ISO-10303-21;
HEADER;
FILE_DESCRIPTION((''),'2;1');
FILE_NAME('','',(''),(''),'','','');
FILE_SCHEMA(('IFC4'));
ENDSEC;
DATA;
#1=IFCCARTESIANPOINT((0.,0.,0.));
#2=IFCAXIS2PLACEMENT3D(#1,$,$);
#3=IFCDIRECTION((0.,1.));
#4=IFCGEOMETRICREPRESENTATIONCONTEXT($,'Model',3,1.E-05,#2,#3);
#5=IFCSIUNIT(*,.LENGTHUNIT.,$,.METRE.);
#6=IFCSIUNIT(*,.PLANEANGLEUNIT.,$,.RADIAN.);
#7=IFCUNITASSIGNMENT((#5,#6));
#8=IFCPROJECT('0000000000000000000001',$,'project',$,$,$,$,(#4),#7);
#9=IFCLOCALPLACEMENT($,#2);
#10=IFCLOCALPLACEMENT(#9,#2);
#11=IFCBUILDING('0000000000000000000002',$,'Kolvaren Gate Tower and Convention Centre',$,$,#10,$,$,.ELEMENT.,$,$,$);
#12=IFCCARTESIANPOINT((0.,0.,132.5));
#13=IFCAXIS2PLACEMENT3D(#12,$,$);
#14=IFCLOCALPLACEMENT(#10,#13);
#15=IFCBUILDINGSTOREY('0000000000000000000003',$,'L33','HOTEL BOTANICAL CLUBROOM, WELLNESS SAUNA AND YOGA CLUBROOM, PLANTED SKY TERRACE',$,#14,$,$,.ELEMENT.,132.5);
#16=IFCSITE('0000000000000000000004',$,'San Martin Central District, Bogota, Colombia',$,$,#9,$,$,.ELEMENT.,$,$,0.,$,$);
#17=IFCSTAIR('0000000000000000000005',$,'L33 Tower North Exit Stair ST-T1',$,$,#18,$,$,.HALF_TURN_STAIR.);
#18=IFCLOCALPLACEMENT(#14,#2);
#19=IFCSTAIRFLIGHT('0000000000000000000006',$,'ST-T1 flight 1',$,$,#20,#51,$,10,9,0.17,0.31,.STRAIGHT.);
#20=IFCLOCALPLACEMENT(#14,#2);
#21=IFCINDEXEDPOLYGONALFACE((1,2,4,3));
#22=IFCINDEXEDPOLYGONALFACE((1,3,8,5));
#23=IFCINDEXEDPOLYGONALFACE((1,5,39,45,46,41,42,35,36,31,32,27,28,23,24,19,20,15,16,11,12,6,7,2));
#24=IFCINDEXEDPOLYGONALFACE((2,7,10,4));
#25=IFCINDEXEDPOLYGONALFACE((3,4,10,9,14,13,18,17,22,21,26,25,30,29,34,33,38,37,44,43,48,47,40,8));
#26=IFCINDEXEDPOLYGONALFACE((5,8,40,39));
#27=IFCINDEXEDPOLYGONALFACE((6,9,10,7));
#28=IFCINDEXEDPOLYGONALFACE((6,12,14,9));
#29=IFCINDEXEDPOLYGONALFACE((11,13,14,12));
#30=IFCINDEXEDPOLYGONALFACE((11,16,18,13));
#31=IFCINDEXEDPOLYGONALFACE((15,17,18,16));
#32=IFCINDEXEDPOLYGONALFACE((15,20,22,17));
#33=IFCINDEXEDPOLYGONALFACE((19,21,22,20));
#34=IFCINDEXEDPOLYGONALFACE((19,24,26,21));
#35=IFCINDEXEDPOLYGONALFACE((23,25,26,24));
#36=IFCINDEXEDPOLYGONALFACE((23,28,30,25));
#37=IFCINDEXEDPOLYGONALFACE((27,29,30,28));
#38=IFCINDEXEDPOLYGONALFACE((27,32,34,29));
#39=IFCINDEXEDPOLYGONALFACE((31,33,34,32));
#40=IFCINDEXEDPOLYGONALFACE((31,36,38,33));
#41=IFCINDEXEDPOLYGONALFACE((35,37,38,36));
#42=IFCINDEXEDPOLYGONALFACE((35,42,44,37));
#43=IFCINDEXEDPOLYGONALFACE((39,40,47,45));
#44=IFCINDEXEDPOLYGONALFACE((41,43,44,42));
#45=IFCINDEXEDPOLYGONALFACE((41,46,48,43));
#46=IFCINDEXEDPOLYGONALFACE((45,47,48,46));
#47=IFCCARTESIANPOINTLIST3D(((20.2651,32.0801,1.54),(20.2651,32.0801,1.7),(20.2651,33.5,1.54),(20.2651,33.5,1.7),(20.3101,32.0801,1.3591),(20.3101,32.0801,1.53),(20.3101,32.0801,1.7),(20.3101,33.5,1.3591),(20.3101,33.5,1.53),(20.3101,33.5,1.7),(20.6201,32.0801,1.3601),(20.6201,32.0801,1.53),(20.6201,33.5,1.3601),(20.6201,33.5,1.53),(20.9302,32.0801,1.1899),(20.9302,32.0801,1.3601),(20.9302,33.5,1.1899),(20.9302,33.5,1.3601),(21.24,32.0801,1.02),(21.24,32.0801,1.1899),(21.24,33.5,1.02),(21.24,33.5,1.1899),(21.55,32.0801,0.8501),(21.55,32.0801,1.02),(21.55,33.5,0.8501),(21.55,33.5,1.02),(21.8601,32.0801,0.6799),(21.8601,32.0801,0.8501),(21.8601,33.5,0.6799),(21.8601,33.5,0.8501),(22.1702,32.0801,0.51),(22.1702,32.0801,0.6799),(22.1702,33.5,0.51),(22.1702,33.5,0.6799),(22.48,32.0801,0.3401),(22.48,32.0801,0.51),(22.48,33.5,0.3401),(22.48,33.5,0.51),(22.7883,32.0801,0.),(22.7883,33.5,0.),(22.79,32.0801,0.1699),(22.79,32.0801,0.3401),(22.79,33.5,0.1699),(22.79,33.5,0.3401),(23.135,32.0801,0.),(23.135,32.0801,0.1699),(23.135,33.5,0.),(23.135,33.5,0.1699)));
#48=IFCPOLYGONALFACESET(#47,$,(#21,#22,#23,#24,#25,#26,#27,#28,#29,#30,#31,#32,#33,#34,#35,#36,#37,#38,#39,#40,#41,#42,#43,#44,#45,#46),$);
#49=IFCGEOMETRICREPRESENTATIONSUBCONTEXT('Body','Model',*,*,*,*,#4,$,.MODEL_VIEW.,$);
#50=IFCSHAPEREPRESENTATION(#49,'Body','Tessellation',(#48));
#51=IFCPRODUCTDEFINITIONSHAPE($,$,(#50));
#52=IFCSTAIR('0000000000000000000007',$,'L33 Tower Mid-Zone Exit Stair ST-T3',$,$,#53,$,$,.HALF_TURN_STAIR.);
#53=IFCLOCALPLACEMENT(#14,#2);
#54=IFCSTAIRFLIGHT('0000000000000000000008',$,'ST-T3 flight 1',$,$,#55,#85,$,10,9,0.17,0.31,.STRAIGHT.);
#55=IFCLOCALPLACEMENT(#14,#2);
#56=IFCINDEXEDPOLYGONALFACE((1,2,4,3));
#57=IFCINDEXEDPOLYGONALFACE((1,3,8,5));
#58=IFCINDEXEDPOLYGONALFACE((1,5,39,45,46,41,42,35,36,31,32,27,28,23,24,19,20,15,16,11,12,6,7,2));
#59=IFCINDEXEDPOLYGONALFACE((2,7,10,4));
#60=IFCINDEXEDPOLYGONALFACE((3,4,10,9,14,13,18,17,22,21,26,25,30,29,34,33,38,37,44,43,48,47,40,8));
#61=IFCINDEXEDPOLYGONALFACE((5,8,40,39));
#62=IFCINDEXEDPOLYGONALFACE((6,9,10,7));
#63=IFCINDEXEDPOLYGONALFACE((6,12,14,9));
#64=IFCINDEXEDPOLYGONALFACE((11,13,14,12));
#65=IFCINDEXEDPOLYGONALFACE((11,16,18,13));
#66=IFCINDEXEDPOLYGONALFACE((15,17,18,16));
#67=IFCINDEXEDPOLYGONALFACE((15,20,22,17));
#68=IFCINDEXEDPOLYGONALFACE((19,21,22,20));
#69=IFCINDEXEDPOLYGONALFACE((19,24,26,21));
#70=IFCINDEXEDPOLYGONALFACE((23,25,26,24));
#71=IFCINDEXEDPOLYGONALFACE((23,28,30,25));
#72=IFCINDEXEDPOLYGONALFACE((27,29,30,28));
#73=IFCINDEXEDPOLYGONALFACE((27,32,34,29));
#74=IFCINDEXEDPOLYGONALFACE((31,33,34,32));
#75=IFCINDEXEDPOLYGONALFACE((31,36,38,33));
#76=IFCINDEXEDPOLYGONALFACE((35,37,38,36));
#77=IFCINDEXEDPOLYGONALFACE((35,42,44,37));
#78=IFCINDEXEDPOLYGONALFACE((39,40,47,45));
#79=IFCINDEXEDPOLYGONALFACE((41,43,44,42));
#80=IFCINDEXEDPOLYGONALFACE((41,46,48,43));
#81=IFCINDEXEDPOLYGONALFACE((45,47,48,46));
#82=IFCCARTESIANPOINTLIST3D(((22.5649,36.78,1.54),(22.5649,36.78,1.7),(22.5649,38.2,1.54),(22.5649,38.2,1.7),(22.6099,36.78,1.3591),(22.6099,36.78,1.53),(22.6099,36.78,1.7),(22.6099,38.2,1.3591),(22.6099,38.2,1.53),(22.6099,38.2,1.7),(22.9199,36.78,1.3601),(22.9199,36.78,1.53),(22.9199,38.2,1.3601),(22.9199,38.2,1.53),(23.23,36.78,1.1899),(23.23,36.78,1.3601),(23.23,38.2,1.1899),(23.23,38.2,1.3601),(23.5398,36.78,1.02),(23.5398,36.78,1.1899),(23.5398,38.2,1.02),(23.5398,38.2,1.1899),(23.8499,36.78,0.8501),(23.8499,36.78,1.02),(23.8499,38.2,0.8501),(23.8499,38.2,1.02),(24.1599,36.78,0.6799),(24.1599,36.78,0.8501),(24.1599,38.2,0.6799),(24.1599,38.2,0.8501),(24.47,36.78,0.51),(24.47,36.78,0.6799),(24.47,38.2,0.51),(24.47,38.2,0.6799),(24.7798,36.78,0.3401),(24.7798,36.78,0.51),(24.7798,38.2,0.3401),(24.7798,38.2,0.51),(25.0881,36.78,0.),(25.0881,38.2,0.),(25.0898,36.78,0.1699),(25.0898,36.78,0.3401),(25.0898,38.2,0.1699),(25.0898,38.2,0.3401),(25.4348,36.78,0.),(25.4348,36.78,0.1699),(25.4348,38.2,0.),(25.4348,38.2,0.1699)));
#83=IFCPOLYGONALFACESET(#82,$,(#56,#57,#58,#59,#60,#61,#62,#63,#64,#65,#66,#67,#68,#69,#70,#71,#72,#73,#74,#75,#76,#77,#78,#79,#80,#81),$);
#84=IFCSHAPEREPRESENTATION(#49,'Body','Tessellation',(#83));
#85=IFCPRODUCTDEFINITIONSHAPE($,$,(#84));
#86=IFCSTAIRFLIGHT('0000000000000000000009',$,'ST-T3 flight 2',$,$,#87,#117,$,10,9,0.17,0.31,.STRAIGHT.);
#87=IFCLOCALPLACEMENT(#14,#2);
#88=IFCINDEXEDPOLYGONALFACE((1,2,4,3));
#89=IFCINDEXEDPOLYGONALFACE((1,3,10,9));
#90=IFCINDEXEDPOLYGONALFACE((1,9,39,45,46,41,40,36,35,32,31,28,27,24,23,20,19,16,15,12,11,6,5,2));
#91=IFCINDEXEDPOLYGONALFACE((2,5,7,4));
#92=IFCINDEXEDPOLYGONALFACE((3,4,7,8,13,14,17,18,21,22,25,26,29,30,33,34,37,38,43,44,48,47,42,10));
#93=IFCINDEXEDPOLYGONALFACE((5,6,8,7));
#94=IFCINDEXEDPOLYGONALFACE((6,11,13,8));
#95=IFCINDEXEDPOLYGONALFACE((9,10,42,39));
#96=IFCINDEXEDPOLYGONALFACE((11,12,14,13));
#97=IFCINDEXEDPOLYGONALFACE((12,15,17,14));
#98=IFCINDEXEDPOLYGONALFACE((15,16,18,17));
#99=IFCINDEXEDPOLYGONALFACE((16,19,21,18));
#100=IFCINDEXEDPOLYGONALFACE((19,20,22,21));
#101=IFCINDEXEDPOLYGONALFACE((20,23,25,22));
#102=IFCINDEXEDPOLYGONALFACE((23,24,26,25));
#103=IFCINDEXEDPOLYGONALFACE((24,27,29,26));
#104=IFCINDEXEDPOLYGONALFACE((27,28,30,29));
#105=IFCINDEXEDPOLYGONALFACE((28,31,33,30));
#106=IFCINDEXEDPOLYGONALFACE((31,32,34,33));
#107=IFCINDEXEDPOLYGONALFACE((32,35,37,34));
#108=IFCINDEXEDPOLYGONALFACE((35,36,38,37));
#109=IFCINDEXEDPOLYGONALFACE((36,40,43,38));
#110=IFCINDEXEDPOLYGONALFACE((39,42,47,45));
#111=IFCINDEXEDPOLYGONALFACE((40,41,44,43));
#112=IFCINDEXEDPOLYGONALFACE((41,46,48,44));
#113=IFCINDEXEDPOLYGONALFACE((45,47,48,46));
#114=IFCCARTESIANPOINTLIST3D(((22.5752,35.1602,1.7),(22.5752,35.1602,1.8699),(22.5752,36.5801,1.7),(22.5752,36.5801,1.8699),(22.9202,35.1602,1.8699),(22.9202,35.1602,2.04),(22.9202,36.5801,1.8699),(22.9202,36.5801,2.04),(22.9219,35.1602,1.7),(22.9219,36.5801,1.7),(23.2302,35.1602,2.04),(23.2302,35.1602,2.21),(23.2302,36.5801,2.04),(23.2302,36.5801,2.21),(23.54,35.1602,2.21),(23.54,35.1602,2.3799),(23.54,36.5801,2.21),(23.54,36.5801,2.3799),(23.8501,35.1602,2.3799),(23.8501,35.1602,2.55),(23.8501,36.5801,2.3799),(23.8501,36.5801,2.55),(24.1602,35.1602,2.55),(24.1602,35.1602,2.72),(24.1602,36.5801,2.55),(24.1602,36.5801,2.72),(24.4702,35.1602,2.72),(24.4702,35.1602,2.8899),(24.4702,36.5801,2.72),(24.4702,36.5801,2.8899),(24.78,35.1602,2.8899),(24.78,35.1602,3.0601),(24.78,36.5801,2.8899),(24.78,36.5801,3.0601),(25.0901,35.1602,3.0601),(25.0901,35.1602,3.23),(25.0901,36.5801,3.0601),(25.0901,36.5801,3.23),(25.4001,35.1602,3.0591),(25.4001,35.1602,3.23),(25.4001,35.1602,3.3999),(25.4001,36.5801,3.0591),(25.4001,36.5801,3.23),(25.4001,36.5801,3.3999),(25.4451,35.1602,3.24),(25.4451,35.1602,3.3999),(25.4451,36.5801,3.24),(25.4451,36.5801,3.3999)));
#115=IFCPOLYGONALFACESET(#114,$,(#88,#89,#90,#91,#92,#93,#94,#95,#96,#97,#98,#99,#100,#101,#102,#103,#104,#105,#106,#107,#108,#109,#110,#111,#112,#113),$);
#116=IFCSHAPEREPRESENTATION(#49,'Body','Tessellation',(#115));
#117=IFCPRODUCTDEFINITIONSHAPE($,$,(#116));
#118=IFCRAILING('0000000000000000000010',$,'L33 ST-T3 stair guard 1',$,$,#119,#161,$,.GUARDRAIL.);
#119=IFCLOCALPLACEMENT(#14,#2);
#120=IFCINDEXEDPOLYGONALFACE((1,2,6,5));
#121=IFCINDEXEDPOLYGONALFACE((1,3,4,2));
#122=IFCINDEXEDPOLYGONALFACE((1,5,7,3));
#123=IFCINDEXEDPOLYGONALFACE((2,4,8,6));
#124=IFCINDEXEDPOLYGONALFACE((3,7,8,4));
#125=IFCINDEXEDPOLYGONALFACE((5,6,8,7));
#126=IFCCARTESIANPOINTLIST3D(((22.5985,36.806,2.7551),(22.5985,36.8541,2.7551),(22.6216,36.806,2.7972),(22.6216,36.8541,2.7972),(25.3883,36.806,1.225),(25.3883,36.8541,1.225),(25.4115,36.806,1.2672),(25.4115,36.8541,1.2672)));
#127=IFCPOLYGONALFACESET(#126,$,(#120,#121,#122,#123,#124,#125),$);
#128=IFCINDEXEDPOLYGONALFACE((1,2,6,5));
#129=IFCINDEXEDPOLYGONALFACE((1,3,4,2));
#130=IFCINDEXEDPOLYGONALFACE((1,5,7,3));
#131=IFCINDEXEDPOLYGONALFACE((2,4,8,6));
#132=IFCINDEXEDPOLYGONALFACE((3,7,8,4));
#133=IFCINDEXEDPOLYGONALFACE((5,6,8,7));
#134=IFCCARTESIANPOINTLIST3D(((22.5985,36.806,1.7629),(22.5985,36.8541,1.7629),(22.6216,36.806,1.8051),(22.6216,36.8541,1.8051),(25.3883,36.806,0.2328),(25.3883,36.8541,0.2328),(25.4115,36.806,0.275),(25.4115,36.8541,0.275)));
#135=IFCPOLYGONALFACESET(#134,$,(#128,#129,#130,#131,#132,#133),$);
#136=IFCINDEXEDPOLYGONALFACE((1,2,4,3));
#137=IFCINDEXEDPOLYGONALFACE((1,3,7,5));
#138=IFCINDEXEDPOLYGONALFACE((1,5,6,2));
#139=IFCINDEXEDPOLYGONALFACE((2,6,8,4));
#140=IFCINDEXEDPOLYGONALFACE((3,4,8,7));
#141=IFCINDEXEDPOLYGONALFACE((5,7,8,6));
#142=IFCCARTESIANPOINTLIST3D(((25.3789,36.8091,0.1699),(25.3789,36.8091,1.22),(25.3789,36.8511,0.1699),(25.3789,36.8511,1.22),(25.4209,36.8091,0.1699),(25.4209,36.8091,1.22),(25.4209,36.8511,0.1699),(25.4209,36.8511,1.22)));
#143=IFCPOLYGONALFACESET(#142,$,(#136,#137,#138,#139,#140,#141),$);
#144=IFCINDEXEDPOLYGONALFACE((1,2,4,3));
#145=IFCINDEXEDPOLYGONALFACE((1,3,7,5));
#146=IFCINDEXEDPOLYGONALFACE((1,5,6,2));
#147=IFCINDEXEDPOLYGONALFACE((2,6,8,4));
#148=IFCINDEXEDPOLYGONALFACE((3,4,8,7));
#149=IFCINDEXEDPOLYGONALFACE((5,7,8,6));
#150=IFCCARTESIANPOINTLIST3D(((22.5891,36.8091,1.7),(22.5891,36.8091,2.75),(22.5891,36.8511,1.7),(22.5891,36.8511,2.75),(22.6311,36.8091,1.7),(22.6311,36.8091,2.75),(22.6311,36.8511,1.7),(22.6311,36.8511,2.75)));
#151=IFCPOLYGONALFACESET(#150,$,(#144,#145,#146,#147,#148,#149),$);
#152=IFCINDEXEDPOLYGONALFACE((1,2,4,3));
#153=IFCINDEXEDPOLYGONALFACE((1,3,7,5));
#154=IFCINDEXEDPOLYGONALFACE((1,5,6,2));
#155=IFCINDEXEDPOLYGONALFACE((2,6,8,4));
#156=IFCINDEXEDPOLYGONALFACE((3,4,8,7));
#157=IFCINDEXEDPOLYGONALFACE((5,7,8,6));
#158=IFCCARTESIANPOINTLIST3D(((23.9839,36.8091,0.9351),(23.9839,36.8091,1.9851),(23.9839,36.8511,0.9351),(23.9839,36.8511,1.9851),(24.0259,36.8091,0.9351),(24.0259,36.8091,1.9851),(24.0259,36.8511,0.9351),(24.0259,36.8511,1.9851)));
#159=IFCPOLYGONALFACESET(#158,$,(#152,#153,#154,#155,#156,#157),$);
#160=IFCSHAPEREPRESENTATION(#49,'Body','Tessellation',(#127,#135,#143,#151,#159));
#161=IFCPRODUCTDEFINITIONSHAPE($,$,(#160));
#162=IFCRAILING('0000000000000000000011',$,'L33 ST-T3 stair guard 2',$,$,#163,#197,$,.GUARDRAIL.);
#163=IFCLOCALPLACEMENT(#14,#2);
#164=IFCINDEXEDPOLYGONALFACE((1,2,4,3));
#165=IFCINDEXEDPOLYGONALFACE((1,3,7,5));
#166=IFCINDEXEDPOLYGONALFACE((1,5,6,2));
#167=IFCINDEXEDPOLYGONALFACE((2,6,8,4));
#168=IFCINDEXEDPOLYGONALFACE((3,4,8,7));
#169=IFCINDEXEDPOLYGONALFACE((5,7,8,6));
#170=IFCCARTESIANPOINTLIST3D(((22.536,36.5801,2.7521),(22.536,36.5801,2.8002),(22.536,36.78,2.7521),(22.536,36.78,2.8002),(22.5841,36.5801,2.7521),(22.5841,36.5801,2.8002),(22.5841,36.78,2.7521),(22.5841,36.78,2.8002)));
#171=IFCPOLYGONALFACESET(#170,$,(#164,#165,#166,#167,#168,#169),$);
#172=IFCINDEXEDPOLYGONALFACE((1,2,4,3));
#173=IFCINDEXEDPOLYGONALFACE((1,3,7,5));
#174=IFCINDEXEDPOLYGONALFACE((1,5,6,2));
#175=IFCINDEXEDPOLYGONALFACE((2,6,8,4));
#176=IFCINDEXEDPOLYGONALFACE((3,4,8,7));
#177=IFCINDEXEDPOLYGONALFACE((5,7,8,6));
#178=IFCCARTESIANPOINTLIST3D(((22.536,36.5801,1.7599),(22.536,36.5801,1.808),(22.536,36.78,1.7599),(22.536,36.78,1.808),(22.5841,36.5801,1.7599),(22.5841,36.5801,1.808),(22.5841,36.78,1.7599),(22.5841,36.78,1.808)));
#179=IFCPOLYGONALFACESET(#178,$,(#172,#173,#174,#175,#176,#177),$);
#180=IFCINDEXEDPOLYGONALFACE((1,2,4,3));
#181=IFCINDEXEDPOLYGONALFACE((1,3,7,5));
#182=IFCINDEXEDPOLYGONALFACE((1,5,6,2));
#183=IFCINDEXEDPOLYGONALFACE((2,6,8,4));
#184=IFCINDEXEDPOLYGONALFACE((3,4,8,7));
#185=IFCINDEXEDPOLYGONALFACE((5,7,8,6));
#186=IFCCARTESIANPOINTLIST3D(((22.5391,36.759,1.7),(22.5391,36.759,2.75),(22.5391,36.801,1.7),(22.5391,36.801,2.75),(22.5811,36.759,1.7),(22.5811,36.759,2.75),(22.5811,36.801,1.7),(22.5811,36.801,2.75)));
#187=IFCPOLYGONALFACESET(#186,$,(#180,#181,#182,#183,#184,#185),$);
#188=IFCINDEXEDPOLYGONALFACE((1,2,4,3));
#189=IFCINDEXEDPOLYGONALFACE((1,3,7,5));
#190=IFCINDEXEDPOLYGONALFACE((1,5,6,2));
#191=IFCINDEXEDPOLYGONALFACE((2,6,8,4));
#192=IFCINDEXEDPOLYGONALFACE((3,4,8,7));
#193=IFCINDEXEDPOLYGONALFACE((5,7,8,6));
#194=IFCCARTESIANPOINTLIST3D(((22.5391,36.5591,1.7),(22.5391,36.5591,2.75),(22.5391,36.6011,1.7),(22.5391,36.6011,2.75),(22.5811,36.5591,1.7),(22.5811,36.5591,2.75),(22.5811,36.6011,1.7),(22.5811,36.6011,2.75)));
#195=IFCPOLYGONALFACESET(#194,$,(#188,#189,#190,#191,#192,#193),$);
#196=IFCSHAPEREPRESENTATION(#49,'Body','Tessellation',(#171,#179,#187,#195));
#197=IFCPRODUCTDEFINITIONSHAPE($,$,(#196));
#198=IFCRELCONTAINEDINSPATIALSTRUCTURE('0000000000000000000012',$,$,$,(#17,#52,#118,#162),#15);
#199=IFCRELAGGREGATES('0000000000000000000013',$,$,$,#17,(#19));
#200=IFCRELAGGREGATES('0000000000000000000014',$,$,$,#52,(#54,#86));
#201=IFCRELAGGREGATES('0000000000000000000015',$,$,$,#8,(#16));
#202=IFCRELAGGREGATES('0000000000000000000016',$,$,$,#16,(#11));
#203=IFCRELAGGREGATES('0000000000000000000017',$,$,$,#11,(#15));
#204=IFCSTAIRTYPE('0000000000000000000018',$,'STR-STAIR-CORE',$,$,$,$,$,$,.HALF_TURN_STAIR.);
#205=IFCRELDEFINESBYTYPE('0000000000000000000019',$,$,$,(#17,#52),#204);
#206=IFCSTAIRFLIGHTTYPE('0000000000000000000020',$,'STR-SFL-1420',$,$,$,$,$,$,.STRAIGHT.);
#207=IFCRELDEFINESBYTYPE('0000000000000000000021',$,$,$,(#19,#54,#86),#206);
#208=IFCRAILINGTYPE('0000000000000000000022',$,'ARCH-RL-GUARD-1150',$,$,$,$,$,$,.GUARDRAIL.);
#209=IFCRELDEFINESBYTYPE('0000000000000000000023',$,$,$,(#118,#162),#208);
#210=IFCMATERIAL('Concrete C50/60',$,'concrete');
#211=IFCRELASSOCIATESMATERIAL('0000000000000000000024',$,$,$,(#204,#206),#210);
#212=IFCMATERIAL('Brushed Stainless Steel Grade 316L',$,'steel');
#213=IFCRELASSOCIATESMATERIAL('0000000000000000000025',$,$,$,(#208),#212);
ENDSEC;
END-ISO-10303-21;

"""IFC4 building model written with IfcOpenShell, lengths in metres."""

from ifc_helpers import new_model, si_unit, direction, frame, origin, origin_2d, place, context, subcontext, project, spatial, polyline, rectangle, outline, extrude, material, type_object, element, aggregate, save


model = new_model("IFC4")

# Units and contexts
model_context = context("Model", 3, precision=1e-05, world=origin(), true_north=direction((0.0, 1.0)))
body_context = subcontext(model_context, "Body", "Model", "MODEL_VIEW")
ifc_project = project(units=[si_unit("LENGTHUNIT", "METRE"), si_unit("PLANEANGLEUNIT", "RADIAN")], contexts=[model_context])

# Site, building, storey
site_placement = place(None, origin())
site = spatial("IfcSite", under=ifc_project, at=site_placement, Name="San Martin Central District, Bogota, Colombia", CompositionType="ELEMENT", RefElevation=0.0)
building_placement = place(site_placement, origin())
building = spatial("IfcBuilding", under=site, at=building_placement, Name="Kolvaren Gate Tower and Convention Centre", CompositionType="ELEMENT")
storey_placement = place(building_placement, frame((0.0, 0.0, 132.5)))
storey = spatial("IfcBuildingStorey", under=building, at=storey_placement, Name="L33", Description="HOTEL BOTANICAL CLUBROOM, WELLNESS SAUNA AND YOGA CLUBROOM, PLANTED SKY TERRACE", CompositionType="ELEMENT", Elevation=132.5)

# Shared definitions
ifc_material_1 = material(Name="Concrete C50/60", Category="concrete")

# Stair, stair flight
stair_type = type_object("IfcStairType", Name="STR-STAIR-CORE", PredefinedType="HALF_TURN_STAIR", material=ifc_material_1)
stair_1_placement = place(storey_placement, origin())
stair_1 = element("IfcStair", 1, at=stair_1_placement, inside=storey, type_object=stair_type, Name="L33 Tower North Exit Stair ST-T1", PredefinedType="HALF_TURN_STAIR")
stair_flight_type = type_object("IfcStairFlightType", Name="STR-SFL-1420", PredefinedType="STRAIGHT", material=ifc_material_1)
stair_flight_1_placement = place(storey_placement, frame((23.1001, 32.79, 0.0), z_axis=(0.0, 0.0, 1.0), x_axis=(-1.0, 0.0, 0.0)))
stair_flight_1 = element("IfcStairFlight", 2, at=stair_flight_1_placement, type_object=stair_flight_type, Name="ST-T1 flight 1", NumberOfRisers=10, NumberOfTreads=9, PredefinedType="STRAIGHT", RiserHeight=0.17, TreadLength=0.31, context=body_context, shape_type="SweptSolid", body=[
    extrude(outline(polyline([(-0.0349, 0.0), (-0.0349, 0.1699), (0.3101, 0.1699), (0.3101, 0.3401), (0.6201, 0.3401), (0.6201, 0.51), (0.9299, 0.51), (0.9299, 0.6799), (1.24, 0.6799), (1.24, 0.8501), (1.55, 0.8501), (1.55, 1.02), (1.8601, 1.02), (1.8601, 1.1899), (2.1699, 1.1899), (2.1699, 1.3601), (2.48, 1.3601), (2.48, 1.53), (2.79, 1.53), (2.79, 1.7), (2.835, 1.7), (2.835, 1.54), (2.79, 1.3591), (0.3118, 0.0), (-0.0349, 0.0)])), frame((0.0, 0.71, 0.0), z_axis=(0.0, -1.0, 0.0), x_axis=(1.0, 0.0, 0.0)), (0.0, 0.0, 1.0), 1.4199),
])
aggregate(stair_1, [stair_flight_1])

# Stair, stair flights
stair_2_placement = place(storey_placement, origin())
stair_2 = element("IfcStair", 3, at=stair_2_placement, inside=storey, type_object=stair_type, Name="L33 Tower Mid-Zone Exit Stair ST-T3", PredefinedType="HALF_TURN_STAIR")
stair_flight_2_placement = place(storey_placement, frame((25.3999, 37.49, 0.0), z_axis=(0.0, 0.0, 1.0), x_axis=(-1.0, 0.0, 0.0)))
stair_flight_2 = element("IfcStairFlight", 4, at=stair_flight_2_placement, type_object=stair_flight_type, Name="ST-T3 flight 1", NumberOfRisers=10, NumberOfTreads=9, PredefinedType="STRAIGHT", RiserHeight=0.17, TreadLength=0.31, context=body_context, shape_type="SweptSolid", body=[
    extrude(outline(polyline([(-0.0349, 0.0), (-0.0349, 0.1699), (0.3101, 0.1699), (0.3101, 0.3401), (0.6201, 0.3401), (0.6201, 0.51), (0.9299, 0.51), (0.9299, 0.6799), (1.24, 0.6799), (1.24, 0.8501), (1.55, 0.8501), (1.55, 1.02), (1.8601, 1.02), (1.8601, 1.1899), (2.1699, 1.1899), (2.1699, 1.3601), (2.48, 1.3601), (2.48, 1.53), (2.79, 1.53), (2.79, 1.7), (2.835, 1.7), (2.835, 1.54), (2.79, 1.3591), (0.3118, 0.0), (-0.0349, 0.0)])), frame((0.0, 0.71, 0.0), z_axis=(0.0, -1.0, 0.0), x_axis=(1.0, 0.0, 0.0)), (0.0, 0.0, 1.0), 1.4199),
])
stair_flight_3_placement = place(storey_placement, frame((22.6101, 35.8701, 1.7), z_axis=(0.0, 0.0, 1.0), x_axis=(1.0, 0.0, 0.0)))
stair_flight_3 = element("IfcStairFlight", 5, at=stair_flight_3_placement, type_object=stair_flight_type, Name="ST-T3 flight 2", NumberOfRisers=10, NumberOfTreads=9, PredefinedType="STRAIGHT", RiserHeight=0.17, TreadLength=0.31, context=body_context, shape_type="SweptSolid", body=[
    extrude(outline(polyline([(-0.0349, 0.0), (-0.0349, 0.1699), (0.3101, 0.1699), (0.3101, 0.3401), (0.6201, 0.3401), (0.6201, 0.51), (0.9299, 0.51), (0.9299, 0.6799), (1.24, 0.6799), (1.24, 0.8501), (1.55, 0.8501), (1.55, 1.02), (1.8601, 1.02), (1.8601, 1.1899), (2.1699, 1.1899), (2.1699, 1.3601), (2.48, 1.3601), (2.48, 1.53), (2.79, 1.53), (2.79, 1.7), (2.835, 1.7), (2.835, 1.54), (2.79, 1.3591), (0.3118, 0.0), (-0.0349, 0.0)])), frame((0.0, 0.71, 0.0), z_axis=(0.0, -1.0, 0.0), x_axis=(1.0, 0.0, 0.0)), (0.0, 0.0, 1.0), 1.4199),
])
aggregate(stair_2, [stair_flight_2, stair_flight_3])

# Railings
ifc_material_2 = material(Name="Brushed Stainless Steel Grade 316L", Category="steel")
railing_type_1 = type_object("IfcRailingType", Name="ARCH-RL-GUARD-1150", PredefinedType="GUARDRAIL", material=ifc_material_2)
railing_1_placement = place(storey_placement, frame((25.3999, 36.8301, 0.1699)))
element("IfcRailing", 6, at=railing_1_placement, inside=storey, type_object=railing_type_1, Name="L33 ST-T3 stair guard 1", PredefinedType="GUARDRAIL", context=body_context, shape_type="SweptSolid", body=[
    extrude(rectangle(XDim=0.0481, YDim=0.0481, at=origin_2d()), frame((0.0, 0.0, 1.0762), z_axis=(-0.876794, 0.0, 0.480867), x_axis=(0.0, -1.0, 0.0)), (0.0, 0.0, 1.0), 3.1819),
    extrude(rectangle(XDim=0.0481, YDim=0.0481, at=origin_2d()), frame((0.0, 0.0, 0.084), z_axis=(-0.876794, 0.0, 0.480867), x_axis=(0.0, -1.0, 0.0)), (0.0, 0.0, 1.0), 3.1819),
    extrude(rectangle(XDim=0.042, YDim=0.042, at=origin_2d()), origin(), (0.0, 0.0, 1.0), 1.05),
    extrude(rectangle(XDim=0.042, YDim=0.042, at=origin_2d()), frame((-2.7898, 0.0, 1.53)), (0.0, 0.0, 1.0), 1.05),
    extrude(rectangle(XDim=0.042, YDim=0.042, at=origin_2d()), frame((-1.395, 0.0, 0.7651)), (0.0, 0.0, 1.0), 1.05),
])
railing_2_placement = place(storey_placement, frame((22.5601, 36.78, 1.7)))
element("IfcRailing", 7, at=railing_2_placement, inside=storey, type_object=railing_type_1, Name="L33 ST-T3 stair guard 2", PredefinedType="GUARDRAIL", context=body_context, shape_type="SweptSolid", body=[
    extrude(rectangle(XDim=0.0481, YDim=0.0481, at=origin_2d()), frame((0.0, 0.0, 1.0762), z_axis=(0.0, -1.0, 0.0), x_axis=(1.0, 0.0, 0.0)), (0.0, 0.0, 1.0), 0.2),
    extrude(rectangle(XDim=0.0481, YDim=0.0481, at=origin_2d()), frame((0.0, 0.0, 0.084), z_axis=(0.0, -1.0, 0.0), x_axis=(1.0, 0.0, 0.0)), (0.0, 0.0, 1.0), 0.2),
    extrude(rectangle(XDim=0.042, YDim=0.042, at=origin_2d()), origin(), (0.0, 0.0, 1.0), 1.05),
    extrude(rectangle(XDim=0.042, YDim=0.042, at=origin_2d()), frame((0.0, -0.2, 0.0)), (0.0, 0.0, 1.0), 1.05),
])

save(model, "model.ifc")
